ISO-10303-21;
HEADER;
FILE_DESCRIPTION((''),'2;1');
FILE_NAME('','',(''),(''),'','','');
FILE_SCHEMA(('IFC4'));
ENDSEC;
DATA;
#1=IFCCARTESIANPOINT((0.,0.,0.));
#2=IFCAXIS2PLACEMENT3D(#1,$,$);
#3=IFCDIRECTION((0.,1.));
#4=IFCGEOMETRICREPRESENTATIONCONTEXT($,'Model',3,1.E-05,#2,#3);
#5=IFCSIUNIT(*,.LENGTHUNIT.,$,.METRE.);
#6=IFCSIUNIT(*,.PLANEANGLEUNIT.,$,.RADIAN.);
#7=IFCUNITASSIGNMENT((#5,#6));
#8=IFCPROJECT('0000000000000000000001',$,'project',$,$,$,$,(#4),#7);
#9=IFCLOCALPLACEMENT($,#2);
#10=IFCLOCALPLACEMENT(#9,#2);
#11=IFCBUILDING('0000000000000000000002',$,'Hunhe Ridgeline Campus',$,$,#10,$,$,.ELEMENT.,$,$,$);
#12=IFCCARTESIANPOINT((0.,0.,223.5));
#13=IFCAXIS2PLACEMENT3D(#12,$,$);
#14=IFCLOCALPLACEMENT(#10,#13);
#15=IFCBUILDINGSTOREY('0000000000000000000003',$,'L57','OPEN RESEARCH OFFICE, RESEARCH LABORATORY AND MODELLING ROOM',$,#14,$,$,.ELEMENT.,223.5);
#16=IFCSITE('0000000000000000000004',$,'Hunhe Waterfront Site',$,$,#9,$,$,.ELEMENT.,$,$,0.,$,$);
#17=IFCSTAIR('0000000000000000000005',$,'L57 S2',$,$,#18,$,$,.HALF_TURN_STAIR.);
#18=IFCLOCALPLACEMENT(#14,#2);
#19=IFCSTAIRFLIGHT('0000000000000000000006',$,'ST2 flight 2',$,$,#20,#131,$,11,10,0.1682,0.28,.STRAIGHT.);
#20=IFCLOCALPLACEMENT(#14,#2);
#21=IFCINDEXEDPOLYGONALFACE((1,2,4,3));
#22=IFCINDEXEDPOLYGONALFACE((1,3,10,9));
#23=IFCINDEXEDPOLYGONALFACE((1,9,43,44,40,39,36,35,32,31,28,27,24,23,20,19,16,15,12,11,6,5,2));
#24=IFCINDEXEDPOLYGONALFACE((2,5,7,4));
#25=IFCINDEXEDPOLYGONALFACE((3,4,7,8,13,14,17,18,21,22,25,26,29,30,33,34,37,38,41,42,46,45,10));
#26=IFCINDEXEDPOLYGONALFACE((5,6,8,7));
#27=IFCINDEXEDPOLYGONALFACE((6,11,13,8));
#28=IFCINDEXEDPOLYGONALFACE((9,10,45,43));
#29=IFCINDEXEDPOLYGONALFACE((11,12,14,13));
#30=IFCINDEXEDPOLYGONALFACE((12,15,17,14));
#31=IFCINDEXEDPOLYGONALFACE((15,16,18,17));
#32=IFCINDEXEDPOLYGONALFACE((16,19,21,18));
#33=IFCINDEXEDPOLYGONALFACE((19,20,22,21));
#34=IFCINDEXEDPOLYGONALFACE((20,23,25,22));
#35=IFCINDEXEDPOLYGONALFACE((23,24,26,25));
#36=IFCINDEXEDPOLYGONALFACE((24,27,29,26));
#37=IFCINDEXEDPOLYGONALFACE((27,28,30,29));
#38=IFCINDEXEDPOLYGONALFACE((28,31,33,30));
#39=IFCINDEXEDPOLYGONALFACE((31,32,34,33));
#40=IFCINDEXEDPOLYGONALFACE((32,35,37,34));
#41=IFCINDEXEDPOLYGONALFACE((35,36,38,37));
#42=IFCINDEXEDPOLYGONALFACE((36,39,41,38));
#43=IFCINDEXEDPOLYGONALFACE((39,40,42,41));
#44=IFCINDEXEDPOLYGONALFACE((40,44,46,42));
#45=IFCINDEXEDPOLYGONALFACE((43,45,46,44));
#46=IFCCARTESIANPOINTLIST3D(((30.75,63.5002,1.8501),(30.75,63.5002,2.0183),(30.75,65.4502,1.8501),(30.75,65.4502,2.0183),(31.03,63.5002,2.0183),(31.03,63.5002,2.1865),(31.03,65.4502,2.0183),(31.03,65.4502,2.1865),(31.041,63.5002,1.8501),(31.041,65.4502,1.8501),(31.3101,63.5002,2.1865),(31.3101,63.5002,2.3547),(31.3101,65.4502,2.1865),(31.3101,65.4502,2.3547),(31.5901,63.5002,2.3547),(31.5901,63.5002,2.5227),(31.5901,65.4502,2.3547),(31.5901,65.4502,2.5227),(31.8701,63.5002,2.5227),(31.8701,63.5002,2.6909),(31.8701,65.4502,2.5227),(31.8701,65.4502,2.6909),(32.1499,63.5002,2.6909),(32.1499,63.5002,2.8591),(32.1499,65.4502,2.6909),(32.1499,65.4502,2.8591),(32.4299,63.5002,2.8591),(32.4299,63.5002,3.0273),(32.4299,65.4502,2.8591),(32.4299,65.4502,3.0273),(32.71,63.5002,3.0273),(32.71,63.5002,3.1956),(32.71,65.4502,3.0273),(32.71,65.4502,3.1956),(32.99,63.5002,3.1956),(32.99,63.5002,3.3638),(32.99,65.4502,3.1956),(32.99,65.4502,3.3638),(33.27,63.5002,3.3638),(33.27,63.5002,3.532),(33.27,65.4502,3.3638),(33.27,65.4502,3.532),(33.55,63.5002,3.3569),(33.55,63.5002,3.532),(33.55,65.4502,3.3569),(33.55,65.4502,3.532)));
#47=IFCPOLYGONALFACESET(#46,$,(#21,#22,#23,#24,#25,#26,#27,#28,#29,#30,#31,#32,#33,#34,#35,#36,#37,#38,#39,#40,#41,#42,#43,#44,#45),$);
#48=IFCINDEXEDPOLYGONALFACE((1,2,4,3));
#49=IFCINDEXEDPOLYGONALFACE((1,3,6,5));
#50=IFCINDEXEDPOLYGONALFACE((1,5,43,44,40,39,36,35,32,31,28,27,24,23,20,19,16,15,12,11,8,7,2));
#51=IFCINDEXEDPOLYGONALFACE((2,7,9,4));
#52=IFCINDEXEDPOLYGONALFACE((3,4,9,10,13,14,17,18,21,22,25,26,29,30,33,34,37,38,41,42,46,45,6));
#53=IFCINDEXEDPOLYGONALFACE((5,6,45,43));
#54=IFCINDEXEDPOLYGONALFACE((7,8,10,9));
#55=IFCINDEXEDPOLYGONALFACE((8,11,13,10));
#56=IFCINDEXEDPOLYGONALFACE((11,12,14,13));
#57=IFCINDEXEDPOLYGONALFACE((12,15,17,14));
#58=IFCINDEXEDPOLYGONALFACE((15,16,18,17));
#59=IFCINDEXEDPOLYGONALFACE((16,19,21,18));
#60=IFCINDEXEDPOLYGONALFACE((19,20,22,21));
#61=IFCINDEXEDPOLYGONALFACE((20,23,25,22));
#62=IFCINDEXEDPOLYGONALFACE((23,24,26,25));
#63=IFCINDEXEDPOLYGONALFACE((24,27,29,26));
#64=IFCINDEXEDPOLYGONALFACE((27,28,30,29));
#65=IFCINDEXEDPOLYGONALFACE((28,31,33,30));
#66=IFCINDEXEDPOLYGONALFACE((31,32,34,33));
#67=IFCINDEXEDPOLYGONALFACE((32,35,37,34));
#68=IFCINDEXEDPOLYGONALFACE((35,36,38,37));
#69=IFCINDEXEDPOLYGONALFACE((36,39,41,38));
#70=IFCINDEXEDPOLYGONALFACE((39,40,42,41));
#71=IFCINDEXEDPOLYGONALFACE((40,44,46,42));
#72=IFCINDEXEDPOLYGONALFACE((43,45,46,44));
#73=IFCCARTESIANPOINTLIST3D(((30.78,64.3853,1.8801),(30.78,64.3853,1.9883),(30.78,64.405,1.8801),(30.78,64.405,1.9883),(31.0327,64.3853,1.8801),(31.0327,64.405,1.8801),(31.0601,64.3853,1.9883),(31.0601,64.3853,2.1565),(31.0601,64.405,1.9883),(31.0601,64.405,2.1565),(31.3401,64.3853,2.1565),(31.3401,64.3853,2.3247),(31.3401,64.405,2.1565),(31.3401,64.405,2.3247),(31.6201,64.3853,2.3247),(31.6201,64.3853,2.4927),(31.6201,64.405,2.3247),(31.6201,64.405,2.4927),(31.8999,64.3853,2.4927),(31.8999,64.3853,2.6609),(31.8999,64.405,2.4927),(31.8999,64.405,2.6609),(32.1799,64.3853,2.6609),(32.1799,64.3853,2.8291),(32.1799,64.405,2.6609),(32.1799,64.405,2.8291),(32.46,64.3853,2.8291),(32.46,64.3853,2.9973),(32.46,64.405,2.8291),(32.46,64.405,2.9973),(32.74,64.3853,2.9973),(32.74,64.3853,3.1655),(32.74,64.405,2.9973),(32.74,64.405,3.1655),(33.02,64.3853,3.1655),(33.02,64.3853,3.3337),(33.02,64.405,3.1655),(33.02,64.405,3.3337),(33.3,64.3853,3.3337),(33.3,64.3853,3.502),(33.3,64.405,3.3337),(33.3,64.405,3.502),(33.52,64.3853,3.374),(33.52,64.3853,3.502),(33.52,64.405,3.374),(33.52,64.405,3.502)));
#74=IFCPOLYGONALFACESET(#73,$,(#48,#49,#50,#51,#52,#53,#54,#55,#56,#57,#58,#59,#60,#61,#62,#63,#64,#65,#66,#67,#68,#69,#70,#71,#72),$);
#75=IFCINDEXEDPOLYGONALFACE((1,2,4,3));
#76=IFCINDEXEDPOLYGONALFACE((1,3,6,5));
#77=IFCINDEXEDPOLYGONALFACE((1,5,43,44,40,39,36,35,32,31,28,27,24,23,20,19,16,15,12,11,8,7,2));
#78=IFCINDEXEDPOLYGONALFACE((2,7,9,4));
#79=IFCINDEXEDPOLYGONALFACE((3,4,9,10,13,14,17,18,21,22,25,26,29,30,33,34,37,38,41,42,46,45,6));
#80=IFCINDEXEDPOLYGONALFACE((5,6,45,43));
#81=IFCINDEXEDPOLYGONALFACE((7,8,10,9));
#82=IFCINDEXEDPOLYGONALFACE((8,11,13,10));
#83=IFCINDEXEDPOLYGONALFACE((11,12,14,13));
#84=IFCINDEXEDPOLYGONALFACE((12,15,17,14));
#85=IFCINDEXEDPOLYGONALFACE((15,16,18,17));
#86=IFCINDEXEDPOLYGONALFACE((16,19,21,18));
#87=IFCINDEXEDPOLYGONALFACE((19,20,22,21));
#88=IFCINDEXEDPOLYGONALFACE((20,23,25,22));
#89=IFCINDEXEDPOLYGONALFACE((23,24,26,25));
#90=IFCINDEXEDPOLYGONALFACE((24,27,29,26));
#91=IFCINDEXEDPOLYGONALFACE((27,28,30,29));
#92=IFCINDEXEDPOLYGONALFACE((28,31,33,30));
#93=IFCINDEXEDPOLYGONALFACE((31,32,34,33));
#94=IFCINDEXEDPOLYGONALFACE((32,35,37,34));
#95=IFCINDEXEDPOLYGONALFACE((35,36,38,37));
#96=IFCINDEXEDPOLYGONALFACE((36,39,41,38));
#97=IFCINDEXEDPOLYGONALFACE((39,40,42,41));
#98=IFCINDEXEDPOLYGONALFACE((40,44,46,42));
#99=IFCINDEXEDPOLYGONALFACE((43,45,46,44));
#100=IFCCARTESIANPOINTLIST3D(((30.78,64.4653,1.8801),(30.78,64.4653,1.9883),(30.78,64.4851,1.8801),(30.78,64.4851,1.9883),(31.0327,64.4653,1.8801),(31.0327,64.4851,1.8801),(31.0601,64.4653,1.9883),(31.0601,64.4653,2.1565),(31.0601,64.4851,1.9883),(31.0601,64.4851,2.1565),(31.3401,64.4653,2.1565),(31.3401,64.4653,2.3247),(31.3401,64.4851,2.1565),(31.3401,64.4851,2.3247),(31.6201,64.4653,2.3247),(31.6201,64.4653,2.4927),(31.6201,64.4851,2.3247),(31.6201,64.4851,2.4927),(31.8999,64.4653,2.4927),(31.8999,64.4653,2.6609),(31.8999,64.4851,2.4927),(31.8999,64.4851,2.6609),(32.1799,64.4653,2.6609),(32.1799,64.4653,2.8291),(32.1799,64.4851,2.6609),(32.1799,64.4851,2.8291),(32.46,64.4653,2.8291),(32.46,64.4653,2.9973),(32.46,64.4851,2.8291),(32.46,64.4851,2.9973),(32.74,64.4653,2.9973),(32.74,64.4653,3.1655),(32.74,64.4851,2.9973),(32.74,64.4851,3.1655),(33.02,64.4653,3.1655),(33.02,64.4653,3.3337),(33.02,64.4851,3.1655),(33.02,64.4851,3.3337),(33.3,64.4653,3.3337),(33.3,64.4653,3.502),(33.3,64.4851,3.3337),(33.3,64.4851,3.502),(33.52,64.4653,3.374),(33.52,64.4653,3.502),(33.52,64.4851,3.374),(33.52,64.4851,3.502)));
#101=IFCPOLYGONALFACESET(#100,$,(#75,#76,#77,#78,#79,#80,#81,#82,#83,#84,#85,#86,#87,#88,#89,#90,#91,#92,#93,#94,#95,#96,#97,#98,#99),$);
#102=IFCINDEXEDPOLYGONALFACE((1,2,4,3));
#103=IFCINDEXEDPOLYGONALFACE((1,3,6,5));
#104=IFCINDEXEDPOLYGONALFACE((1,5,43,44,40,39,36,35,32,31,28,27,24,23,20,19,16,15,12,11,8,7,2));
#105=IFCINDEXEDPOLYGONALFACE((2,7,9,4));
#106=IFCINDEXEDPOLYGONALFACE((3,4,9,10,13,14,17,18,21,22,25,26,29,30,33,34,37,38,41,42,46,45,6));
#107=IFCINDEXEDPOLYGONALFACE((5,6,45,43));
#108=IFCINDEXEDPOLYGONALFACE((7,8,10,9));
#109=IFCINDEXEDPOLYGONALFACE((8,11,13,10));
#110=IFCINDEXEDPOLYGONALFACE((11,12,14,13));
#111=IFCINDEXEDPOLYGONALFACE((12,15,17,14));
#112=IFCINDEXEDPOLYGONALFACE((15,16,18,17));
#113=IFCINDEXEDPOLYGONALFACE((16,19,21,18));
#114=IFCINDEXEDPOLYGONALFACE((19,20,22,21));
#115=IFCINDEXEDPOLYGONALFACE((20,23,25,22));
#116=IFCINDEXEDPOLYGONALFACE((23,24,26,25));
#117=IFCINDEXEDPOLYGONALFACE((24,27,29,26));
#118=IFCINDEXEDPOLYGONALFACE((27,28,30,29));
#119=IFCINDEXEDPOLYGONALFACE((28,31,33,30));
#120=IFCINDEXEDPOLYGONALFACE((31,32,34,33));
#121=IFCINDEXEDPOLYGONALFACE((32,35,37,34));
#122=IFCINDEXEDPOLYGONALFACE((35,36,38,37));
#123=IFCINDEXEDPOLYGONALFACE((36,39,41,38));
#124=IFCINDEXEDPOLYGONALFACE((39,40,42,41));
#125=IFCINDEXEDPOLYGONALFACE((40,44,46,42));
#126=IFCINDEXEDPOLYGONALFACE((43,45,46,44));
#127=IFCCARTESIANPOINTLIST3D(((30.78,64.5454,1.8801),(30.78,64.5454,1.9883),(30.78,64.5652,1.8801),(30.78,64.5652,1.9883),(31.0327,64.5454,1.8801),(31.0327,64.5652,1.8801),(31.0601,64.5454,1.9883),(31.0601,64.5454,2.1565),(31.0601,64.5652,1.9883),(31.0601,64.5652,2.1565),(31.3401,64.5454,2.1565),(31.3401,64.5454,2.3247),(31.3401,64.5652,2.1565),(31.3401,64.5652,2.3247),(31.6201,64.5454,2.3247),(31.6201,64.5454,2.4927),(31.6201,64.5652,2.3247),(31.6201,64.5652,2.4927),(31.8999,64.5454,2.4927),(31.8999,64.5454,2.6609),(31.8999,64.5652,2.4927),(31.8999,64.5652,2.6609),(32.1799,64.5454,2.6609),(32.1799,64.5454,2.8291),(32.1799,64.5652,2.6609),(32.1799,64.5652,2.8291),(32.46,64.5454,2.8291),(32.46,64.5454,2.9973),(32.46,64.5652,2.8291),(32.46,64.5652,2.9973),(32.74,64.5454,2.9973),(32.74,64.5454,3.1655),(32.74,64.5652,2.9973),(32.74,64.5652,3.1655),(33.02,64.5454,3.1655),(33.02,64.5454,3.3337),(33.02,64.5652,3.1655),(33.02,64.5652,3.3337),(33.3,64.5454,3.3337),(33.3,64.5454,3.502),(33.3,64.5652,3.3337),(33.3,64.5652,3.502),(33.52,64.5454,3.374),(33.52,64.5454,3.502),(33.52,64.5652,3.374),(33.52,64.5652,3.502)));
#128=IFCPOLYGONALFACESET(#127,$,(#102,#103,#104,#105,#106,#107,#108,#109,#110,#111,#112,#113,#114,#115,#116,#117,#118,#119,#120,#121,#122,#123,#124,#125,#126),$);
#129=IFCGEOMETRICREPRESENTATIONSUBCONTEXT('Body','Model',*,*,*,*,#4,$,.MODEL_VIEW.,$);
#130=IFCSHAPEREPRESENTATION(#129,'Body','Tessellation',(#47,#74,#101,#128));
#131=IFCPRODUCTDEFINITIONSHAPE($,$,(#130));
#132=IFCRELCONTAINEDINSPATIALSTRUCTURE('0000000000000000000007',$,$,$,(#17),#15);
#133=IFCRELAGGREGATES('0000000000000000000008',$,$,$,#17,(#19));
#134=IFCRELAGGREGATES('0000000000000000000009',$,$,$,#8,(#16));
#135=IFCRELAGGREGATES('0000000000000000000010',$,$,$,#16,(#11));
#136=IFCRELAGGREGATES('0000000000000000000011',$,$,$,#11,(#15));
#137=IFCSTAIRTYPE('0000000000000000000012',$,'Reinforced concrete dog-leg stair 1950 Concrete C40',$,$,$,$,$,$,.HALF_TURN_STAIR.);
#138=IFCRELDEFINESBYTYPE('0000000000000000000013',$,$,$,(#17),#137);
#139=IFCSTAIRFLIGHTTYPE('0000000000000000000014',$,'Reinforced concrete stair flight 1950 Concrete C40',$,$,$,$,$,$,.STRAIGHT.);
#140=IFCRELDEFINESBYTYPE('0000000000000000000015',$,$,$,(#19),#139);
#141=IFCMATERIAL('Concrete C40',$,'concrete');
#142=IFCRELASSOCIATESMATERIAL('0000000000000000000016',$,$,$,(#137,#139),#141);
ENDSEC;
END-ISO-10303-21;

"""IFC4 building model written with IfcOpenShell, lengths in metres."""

from ifc_helpers import new_model, si_unit, direction, frame, origin, place, context, subcontext, project, spatial, polyline, outline, extrude, material, type_object, element, aggregate, save


model = new_model("IFC4")

# Units and contexts
model_context = context("Model", 3, precision=1e-05, world=origin(), true_north=direction((0.0, 1.0)))
body_context = subcontext(model_context, "Body", "Model", "MODEL_VIEW")
ifc_project = project(units=[si_unit("LENGTHUNIT", "METRE"), si_unit("PLANEANGLEUNIT", "RADIAN")], contexts=[model_context])

# Site, building, storey
site_placement = place(None, origin())
site = spatial("IfcSite", under=ifc_project, at=site_placement, Name="Hunhe Waterfront Site", CompositionType="ELEMENT", RefElevation=0.0)
building_placement = place(site_placement, origin())
building = spatial("IfcBuilding", under=site, at=building_placement, Name="Hunhe Ridgeline Campus", CompositionType="ELEMENT")
storey_placement = place(building_placement, frame((0.0, 0.0, 223.5)))
storey = spatial("IfcBuildingStorey", under=building, at=storey_placement, Name="L57", Description="OPEN RESEARCH OFFICE, RESEARCH LABORATORY AND MODELLING ROOM", CompositionType="ELEMENT", Elevation=223.5)

# Stair, stair flight
ifc_material_1 = material(Name="Concrete C40", Category="concrete")
stair_type = type_object("IfcStairType", Name="Reinforced concrete dog-leg stair 1950 Concrete C40", PredefinedType="HALF_TURN_STAIR", material=ifc_material_1)
stair_placement = place(storey_placement, origin())
stair = element("IfcStair", 1, at=stair_placement, inside=storey, type_object=stair_type, Name="L57 S2", PredefinedType="HALF_TURN_STAIR")
stair_flight_type = type_object("IfcStairFlightType", Name="Reinforced concrete stair flight 1950 Concrete C40", PredefinedType="STRAIGHT", material=ifc_material_1)
stair_flight_1_placement = place(storey_placement, frame((30.75, 64.4751, 1.8501), z_axis=(0.0, 0.0, 1.0), x_axis=(1.0, 0.0, 0.0)))
stair_flight_1 = element("IfcStairFlight", 2, at=stair_flight_1_placement, type_object=stair_flight_type, Name="ST2 flight 2", NumberOfRisers=11, NumberOfTreads=10, PredefinedType="STRAIGHT", RiserHeight=0.1682, TreadLength=0.28, context=body_context, shape_type="SweptSolid", body=[
    extrude(outline(polyline([(0.0, 0.0), (0.0, 0.1682), (0.28, 0.1682), (0.28, 0.3364), (0.5601, 0.3364), (0.5601, 0.5046), (0.8401, 0.5046), (0.8401, 0.6726), (1.1201, 0.6726), (1.1201, 0.8408), (1.3999, 0.8408), (1.3999, 1.009), (1.6799, 1.009), (1.6799, 1.1772), (1.96, 1.1772), (1.96, 1.3455), (2.24, 1.3455), (2.24, 1.5137), (2.52, 1.5137), (2.52, 1.6819), (2.8, 1.6819), (2.8, 1.8501), (2.8, 1.5068), (0.291, 0.0), (0.0, 0.0)])), frame((0.0, 0.9751, 0.0), z_axis=(0.0, -1.0, 0.0), x_axis=(1.0, 0.0, 0.0)), (0.0, 0.0, 1.0), 1.95),
    extrude(outline(polyline([(0.03, 0.03), (0.03, 0.1382), (0.3101, 0.1382), (0.3101, 0.3064), (0.5901, 0.3064), (0.5901, 0.4746), (0.8701, 0.4746), (0.8701, 0.6426), (1.1499, 0.6426), (1.1499, 0.8108), (1.4299, 0.8108), (1.4299, 0.979), (1.71, 0.979), (1.71, 1.1472), (1.99, 1.1472), (1.99, 1.3154), (2.27, 1.3154), (2.27, 1.4836), (2.55, 1.4836), (2.55, 1.6519), (2.77, 1.6519), (2.77, 1.5239), (0.2827, 0.03), (0.03, 0.03)])), frame((0.0, -0.0701, 0.0), z_axis=(0.0, -1.0, 0.0), x_axis=(1.0, 0.0, 0.0)), (0.0, 0.0, 1.0), 0.0198),
    extrude(outline(polyline([(0.03, 0.03), (0.03, 0.1382), (0.3101, 0.1382), (0.3101, 0.3064), (0.5901, 0.3064), (0.5901, 0.4746), (0.8701, 0.4746), (0.8701, 0.6426), (1.1499, 0.6426), (1.1499, 0.8108), (1.4299, 0.8108), (1.4299, 0.979), (1.71, 0.979), (1.71, 1.1472), (1.99, 1.1472), (1.99, 1.3154), (2.27, 1.3154), (2.27, 1.4836), (2.55, 1.4836), (2.55, 1.6519), (2.77, 1.6519), (2.77, 1.5239), (0.2827, 0.03), (0.03, 0.03)])), frame((0.0, 0.01, 0.0), z_axis=(0.0, -1.0, 0.0), x_axis=(1.0, 0.0, 0.0)), (0.0, 0.0, 1.0), 0.0198),
    extrude(outline(polyline([(0.03, 0.03), (0.03, 0.1382), (0.3101, 0.1382), (0.3101, 0.3064), (0.5901, 0.3064), (0.5901, 0.4746), (0.8701, 0.4746), (0.8701, 0.6426), (1.1499, 0.6426), (1.1499, 0.8108), (1.4299, 0.8108), (1.4299, 0.979), (1.71, 0.979), (1.71, 1.1472), (1.99, 1.1472), (1.99, 1.3154), (2.27, 1.3154), (2.27, 1.4836), (2.55, 1.4836), (2.55, 1.6519), (2.77, 1.6519), (2.77, 1.5239), (0.2827, 0.03), (0.03, 0.03)])), frame((0.0, 0.0901, 0.0), z_axis=(0.0, -1.0, 0.0), x_axis=(1.0, 0.0, 0.0)), (0.0, 0.0, 1.0), 0.0198),
])
aggregate(stair, [stair_flight_1])

save(model, "model.ifc")
